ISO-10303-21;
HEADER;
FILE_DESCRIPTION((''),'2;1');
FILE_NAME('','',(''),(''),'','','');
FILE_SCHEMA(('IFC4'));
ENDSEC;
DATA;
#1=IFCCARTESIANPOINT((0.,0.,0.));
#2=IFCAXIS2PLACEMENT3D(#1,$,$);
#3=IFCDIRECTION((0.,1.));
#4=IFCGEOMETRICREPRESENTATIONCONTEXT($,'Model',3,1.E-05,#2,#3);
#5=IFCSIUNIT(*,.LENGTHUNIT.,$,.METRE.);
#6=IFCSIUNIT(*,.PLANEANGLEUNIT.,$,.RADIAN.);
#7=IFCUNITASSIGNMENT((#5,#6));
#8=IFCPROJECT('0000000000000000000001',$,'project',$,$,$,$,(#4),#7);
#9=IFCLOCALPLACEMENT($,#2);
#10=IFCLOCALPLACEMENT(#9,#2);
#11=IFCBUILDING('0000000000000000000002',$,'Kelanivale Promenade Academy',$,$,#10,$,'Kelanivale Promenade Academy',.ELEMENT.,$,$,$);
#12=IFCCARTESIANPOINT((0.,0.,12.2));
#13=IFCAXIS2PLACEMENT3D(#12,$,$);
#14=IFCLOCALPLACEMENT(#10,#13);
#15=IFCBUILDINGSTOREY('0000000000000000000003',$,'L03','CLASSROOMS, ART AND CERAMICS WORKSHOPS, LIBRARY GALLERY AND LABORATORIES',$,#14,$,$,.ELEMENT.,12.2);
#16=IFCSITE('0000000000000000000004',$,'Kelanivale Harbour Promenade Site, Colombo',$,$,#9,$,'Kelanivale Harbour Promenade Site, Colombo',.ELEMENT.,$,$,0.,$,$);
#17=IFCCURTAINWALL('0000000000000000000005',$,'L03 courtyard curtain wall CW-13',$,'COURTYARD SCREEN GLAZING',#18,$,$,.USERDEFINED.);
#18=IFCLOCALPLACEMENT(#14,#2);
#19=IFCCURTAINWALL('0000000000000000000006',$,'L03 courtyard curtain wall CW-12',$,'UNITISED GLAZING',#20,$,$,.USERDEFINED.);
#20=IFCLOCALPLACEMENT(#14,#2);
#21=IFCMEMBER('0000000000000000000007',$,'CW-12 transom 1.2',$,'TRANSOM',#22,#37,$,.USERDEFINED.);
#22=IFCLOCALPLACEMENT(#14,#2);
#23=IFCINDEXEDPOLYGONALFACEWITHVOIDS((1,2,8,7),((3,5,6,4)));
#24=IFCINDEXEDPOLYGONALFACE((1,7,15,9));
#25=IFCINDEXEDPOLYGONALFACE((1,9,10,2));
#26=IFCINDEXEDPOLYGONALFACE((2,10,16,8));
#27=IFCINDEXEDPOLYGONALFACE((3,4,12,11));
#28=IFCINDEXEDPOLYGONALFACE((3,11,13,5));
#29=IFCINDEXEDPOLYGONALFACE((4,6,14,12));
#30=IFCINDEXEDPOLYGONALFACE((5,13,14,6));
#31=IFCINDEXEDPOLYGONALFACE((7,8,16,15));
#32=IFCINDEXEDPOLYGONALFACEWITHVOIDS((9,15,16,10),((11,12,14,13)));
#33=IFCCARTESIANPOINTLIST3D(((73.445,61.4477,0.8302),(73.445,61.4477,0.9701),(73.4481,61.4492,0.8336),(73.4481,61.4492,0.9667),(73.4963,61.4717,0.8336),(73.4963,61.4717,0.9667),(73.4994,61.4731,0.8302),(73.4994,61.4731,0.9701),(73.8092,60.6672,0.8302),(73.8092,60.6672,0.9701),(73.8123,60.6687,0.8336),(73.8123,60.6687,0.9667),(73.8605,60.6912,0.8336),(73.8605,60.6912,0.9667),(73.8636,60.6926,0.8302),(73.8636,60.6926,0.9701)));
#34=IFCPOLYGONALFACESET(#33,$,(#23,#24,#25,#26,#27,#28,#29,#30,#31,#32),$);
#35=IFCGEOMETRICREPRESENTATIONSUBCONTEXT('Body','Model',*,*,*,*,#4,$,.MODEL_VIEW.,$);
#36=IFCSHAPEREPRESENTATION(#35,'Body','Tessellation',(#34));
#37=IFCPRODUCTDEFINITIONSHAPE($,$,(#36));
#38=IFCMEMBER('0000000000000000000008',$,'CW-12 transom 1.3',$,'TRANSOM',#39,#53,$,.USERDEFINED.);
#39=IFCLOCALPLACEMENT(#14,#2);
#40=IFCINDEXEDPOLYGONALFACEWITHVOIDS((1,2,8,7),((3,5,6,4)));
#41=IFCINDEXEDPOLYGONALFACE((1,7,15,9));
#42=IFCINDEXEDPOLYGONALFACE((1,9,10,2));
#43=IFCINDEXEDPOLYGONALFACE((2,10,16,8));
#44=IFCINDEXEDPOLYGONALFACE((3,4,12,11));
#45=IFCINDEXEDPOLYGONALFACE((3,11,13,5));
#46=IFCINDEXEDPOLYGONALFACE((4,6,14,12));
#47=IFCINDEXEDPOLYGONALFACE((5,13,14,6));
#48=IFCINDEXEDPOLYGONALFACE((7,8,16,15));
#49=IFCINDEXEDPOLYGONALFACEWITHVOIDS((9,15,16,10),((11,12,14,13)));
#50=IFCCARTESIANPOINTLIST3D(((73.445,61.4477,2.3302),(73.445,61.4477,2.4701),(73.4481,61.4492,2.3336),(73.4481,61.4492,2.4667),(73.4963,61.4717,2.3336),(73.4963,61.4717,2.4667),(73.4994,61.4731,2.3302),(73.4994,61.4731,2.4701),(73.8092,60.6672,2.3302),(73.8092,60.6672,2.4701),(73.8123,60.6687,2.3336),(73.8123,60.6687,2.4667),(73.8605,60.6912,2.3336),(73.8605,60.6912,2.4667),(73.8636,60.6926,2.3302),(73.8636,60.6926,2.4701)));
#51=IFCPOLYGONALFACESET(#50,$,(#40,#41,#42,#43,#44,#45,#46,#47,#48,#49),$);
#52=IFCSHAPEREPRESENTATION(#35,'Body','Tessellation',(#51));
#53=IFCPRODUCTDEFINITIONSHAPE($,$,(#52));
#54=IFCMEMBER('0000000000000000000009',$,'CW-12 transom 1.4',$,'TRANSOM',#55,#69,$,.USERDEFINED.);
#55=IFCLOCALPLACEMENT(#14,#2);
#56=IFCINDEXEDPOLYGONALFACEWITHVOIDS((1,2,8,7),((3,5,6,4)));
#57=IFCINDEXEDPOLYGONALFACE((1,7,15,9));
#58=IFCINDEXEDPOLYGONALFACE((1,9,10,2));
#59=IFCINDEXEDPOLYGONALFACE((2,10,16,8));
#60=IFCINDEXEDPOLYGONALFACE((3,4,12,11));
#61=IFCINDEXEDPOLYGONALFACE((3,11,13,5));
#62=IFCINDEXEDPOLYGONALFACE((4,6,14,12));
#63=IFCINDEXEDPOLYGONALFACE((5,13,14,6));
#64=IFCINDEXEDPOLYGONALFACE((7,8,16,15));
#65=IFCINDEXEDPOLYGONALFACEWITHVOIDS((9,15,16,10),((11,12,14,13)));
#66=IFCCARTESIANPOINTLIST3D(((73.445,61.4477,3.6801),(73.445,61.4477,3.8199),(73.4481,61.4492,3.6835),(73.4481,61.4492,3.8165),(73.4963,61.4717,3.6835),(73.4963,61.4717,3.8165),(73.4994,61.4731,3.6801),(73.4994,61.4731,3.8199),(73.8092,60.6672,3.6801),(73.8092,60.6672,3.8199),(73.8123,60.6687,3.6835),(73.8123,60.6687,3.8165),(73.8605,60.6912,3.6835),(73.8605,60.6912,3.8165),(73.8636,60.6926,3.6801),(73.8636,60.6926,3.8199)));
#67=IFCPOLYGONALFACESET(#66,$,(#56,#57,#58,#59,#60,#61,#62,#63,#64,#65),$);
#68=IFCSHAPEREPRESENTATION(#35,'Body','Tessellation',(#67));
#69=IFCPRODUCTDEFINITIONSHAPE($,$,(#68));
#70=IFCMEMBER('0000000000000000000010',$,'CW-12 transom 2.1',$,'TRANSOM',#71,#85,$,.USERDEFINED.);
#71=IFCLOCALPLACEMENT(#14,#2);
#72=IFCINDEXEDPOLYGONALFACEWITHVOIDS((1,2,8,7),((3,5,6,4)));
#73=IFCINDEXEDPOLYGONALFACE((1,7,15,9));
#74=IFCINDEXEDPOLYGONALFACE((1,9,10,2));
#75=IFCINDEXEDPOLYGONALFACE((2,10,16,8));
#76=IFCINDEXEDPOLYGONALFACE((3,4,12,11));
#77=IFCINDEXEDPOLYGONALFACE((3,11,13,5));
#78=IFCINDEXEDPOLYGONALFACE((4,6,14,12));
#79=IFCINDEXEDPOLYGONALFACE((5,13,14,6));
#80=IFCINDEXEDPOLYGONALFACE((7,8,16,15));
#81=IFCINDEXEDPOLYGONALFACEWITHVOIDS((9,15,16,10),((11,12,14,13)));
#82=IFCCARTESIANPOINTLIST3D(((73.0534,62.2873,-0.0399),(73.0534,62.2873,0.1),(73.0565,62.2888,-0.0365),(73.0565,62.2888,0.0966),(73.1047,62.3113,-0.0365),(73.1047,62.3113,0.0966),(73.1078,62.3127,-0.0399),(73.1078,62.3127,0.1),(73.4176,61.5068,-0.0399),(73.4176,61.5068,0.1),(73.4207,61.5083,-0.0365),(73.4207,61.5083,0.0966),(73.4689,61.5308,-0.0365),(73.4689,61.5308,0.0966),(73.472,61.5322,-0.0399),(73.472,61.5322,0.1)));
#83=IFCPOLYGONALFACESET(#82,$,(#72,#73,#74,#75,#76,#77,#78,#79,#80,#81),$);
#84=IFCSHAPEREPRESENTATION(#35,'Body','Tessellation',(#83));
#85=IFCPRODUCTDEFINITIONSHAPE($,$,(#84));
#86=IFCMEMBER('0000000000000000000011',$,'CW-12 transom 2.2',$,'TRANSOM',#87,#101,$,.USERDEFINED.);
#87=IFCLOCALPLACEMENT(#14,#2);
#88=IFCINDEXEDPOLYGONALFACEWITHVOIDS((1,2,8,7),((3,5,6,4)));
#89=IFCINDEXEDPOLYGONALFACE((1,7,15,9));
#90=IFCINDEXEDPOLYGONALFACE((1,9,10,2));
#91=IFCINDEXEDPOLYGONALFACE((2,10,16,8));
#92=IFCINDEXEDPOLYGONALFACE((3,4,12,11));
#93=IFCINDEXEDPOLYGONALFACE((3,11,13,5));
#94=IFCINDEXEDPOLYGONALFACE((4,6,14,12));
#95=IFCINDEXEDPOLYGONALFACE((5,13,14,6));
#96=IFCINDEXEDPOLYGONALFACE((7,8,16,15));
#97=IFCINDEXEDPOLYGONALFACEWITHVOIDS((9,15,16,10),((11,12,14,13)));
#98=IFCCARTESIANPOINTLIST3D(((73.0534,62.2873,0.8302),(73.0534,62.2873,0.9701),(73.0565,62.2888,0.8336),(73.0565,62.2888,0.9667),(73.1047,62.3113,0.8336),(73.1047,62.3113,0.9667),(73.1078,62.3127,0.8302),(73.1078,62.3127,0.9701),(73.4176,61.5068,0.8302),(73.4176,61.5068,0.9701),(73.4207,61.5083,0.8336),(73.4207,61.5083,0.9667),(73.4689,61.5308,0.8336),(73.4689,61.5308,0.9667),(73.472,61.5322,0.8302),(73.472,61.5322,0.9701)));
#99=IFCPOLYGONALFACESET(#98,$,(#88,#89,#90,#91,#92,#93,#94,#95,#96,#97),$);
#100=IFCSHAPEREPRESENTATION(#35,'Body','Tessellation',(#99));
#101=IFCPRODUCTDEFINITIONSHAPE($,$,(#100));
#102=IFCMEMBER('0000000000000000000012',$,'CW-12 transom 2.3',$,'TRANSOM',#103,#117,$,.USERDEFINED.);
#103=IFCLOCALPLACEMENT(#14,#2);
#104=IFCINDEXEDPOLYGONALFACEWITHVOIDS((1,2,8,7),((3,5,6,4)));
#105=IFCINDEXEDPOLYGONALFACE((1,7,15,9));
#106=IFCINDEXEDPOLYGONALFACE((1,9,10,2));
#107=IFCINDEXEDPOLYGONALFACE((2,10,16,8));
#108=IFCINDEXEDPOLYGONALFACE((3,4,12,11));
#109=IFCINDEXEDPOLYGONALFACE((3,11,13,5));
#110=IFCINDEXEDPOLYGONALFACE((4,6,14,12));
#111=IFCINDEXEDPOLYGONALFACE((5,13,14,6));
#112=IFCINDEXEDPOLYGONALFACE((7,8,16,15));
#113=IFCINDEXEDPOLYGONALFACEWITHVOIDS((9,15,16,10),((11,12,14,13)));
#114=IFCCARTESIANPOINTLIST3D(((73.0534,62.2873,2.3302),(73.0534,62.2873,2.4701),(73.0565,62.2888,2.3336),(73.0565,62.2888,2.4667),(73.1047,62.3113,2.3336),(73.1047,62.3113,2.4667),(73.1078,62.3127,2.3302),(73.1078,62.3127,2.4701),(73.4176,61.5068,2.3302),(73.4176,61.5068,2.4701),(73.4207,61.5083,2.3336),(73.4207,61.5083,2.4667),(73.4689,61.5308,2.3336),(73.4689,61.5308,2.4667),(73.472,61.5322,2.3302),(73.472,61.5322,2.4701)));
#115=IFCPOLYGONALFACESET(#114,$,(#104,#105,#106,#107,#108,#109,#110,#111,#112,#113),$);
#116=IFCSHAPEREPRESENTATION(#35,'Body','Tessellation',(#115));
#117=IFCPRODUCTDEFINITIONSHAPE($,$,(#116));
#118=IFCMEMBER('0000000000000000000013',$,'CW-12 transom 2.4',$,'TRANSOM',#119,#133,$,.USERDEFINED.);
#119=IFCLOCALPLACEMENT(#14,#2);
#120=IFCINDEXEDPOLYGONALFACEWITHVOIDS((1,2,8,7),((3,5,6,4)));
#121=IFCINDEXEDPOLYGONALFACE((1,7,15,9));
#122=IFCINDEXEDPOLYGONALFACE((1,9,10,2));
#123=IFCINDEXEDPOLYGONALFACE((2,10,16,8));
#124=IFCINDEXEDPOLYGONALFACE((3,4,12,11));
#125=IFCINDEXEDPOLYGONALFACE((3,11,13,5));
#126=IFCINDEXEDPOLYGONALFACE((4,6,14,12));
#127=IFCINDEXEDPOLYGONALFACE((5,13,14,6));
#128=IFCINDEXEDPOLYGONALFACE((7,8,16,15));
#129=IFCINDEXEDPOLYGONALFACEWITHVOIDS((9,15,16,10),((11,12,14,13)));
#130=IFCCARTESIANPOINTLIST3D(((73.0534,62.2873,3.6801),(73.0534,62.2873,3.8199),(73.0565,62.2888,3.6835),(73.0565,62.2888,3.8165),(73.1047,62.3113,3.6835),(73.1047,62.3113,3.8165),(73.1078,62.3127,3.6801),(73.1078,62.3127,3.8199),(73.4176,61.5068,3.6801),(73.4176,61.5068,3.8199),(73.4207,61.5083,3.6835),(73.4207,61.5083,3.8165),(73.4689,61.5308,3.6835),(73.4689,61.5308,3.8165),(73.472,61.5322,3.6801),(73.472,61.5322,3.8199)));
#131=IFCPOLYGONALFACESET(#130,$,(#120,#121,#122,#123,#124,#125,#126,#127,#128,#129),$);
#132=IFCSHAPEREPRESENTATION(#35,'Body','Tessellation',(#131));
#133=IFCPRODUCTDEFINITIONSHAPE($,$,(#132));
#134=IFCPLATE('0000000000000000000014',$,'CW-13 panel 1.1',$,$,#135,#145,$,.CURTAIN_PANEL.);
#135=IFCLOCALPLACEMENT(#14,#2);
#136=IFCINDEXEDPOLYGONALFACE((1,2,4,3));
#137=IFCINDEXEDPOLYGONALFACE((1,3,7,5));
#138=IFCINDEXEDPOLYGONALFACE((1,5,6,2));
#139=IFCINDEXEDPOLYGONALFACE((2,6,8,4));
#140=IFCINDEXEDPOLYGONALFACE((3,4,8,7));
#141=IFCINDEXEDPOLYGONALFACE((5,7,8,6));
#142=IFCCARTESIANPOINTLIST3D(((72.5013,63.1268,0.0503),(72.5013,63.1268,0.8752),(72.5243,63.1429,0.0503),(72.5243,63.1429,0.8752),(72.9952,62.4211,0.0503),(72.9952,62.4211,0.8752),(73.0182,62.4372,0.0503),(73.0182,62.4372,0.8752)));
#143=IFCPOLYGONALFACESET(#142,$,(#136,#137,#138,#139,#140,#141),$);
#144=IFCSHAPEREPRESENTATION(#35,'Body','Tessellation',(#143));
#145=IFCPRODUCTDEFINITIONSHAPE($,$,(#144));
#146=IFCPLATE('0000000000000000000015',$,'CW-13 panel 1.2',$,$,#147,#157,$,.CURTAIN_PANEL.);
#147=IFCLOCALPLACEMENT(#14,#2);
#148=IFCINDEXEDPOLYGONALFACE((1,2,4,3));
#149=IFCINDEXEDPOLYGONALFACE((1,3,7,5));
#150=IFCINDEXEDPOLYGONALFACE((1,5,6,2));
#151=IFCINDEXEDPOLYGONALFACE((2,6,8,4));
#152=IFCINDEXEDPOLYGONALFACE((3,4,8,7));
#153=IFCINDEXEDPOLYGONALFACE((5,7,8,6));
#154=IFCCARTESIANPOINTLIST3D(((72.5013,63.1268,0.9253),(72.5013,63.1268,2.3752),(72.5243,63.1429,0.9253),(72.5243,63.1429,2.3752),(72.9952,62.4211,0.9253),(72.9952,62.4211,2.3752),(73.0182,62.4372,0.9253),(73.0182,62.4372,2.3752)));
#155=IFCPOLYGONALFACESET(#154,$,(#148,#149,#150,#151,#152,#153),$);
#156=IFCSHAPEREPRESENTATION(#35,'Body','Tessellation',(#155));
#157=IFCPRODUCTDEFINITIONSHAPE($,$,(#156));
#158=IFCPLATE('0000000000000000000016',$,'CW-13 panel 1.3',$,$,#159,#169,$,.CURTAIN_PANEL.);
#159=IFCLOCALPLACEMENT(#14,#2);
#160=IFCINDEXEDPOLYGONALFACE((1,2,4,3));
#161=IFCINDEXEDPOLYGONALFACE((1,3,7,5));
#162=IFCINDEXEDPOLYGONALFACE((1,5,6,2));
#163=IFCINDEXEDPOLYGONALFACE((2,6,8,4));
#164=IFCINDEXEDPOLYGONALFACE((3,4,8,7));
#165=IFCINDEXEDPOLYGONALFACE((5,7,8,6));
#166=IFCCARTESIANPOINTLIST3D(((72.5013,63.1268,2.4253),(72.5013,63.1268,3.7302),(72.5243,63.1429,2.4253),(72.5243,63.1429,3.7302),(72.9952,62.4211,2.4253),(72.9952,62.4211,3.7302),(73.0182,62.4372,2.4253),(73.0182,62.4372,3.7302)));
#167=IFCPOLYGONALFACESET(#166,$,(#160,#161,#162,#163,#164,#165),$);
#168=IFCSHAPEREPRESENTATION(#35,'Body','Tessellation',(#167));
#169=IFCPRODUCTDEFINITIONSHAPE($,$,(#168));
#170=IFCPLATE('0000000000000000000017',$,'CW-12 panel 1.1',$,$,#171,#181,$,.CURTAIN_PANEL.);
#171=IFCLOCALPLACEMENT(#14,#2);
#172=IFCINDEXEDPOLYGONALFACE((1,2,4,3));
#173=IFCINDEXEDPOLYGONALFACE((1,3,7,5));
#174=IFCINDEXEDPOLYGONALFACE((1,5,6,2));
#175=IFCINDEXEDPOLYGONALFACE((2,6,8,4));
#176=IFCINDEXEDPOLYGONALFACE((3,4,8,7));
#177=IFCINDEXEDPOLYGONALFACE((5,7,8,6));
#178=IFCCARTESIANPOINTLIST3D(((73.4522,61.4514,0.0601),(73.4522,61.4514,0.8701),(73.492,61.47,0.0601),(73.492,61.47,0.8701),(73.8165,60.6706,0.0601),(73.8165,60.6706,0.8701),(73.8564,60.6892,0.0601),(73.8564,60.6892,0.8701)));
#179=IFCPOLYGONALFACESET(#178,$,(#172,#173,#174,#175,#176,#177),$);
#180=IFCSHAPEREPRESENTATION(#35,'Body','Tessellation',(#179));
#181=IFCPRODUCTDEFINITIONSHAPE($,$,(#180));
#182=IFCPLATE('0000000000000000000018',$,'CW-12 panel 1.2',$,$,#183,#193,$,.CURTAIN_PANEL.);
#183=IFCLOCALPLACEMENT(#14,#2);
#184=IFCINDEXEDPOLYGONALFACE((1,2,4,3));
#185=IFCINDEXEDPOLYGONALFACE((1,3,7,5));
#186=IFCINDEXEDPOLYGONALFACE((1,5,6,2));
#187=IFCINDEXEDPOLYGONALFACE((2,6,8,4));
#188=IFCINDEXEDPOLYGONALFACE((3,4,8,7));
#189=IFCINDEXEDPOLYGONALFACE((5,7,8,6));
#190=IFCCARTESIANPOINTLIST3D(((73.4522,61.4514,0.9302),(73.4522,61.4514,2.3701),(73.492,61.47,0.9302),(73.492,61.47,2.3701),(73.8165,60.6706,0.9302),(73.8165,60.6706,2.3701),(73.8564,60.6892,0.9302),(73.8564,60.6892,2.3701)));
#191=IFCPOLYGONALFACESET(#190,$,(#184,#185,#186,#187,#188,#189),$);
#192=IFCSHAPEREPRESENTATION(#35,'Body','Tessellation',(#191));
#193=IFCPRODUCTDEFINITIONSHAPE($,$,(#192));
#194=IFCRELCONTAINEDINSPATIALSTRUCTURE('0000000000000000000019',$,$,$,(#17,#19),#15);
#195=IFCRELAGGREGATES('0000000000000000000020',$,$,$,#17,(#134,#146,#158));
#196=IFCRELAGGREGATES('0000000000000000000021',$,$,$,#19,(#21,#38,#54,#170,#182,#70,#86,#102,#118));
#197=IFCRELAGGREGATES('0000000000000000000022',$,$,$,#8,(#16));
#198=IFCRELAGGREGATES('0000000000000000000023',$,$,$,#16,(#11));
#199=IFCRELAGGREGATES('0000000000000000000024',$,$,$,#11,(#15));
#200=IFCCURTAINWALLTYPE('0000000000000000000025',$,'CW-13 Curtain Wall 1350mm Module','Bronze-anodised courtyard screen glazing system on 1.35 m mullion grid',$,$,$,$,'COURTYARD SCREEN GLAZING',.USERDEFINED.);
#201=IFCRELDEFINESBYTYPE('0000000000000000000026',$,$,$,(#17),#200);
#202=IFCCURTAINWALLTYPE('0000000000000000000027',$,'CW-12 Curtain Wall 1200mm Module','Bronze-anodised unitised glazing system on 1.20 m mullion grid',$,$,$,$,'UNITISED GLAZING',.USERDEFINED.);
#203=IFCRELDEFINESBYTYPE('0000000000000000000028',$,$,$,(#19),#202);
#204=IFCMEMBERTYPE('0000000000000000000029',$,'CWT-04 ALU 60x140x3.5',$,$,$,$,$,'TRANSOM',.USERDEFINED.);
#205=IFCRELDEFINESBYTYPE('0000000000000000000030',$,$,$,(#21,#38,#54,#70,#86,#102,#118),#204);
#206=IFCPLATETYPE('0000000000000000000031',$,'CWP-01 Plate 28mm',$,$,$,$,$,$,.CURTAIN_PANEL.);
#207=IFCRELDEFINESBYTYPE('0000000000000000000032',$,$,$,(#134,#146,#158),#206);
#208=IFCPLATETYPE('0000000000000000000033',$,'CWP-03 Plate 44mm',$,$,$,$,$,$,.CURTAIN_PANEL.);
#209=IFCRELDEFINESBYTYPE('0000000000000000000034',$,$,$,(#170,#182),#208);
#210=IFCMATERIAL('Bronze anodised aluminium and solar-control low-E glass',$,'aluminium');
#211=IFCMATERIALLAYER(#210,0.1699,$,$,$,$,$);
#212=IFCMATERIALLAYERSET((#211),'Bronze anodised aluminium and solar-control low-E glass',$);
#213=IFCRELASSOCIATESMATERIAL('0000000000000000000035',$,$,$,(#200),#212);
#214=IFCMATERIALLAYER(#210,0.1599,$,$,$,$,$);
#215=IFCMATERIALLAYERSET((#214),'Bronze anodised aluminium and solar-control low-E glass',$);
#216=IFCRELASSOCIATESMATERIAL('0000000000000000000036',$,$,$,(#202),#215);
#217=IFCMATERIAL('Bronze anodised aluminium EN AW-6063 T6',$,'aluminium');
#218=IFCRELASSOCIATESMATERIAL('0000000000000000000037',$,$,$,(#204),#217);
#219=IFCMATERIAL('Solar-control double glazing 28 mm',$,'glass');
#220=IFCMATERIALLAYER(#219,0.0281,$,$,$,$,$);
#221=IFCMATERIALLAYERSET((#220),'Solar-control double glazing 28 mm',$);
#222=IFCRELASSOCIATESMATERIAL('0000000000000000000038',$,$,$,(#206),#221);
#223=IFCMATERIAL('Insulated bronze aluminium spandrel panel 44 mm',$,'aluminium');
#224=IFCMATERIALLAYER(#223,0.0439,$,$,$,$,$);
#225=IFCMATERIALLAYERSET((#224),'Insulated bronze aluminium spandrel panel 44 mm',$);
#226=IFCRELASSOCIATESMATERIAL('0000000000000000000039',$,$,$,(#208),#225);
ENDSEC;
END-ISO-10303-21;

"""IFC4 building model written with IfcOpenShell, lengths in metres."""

from ifc_helpers import new_model, si_unit, direction, frame, origin, origin_2d, place, context, subcontext, project, spatial, rectangle, hollow_rectangle, extrude, material, layer, layer_set, material_profile, profile_set, type_object, element, aggregate, save


model = new_model("IFC4")

# Units and contexts
model_context = context("Model", 3, precision=1e-05, world=origin(), true_north=direction((0.0, 1.0)))
body_context = subcontext(model_context, "Body", "Model", "MODEL_VIEW")
ifc_project = project(units=[si_unit("LENGTHUNIT", "METRE"), si_unit("PLANEANGLEUNIT", "RADIAN")], contexts=[model_context])

# Site, building, storey
site_placement = place(None, origin())
site = spatial("IfcSite", under=ifc_project, at=site_placement, Name="Kelanivale Harbour Promenade Site, Colombo", LongName="Kelanivale Harbour Promenade Site, Colombo", CompositionType="ELEMENT", RefElevation=0.0)
building_placement = place(site_placement, origin())
building = spatial("IfcBuilding", under=site, at=building_placement, Name="Kelanivale Promenade Academy", LongName="Kelanivale Promenade Academy", CompositionType="ELEMENT")
storey_placement = place(building_placement, frame((0.0, 0.0, 12.2)))
storey = spatial("IfcBuildingStorey", under=building, at=storey_placement, Name="L03", Description="CLASSROOMS, ART AND CERAMICS WORKSHOPS, LIBRARY GALLERY AND LABORATORIES", CompositionType="ELEMENT", Elevation=12.2)

# Curtain walls
ifc_material_1 = material(Name="Bronze anodised aluminium and solar-control low-E glass", Category="aluminium")
ifc_layer_1 = layer(ifc_material_1, 0.1699)
ifc_layer_set_1 = layer_set([ifc_layer_1], Name="Bronze anodised aluminium and solar-control low-E glass")
curtain_wall_type_1 = type_object("IfcCurtainWallType", Name="CW-13 Curtain Wall 1350mm Module", Description="Bronze-anodised courtyard screen glazing system on 1.35 m mullion grid", ElementType="COURTYARD SCREEN GLAZING", PredefinedType="USERDEFINED", material=ifc_layer_set_1)
curtain_wall_1_placement = place(storey_placement, origin())
curtain_wall_1 = element("IfcCurtainWall", 1, at=curtain_wall_1_placement, inside=storey, type_object=curtain_wall_type_1, Name="L03 courtyard curtain wall CW-13", ObjectType="COURTYARD SCREEN GLAZING", PredefinedType="USERDEFINED")
ifc_material_2 = material(Name="Bronze anodised aluminium EN AW-6063 T6", Category="aluminium")
ifc_layer_2 = layer(ifc_material_1, 0.1599)
ifc_layer_set_2 = layer_set([ifc_layer_2], Name="Bronze anodised aluminium and solar-control low-E glass")
curtain_wall_type_2 = type_object("IfcCurtainWallType", Name="CW-12 Curtain Wall 1200mm Module", Description="Bronze-anodised unitised glazing system on 1.20 m mullion grid", ElementType="UNITISED GLAZING", PredefinedType="USERDEFINED", material=ifc_layer_set_2)
curtain_wall_2_placement = place(storey_placement, origin())
curtain_wall_2 = element("IfcCurtainWall", 2, at=curtain_wall_2_placement, inside=storey, type_object=curtain_wall_type_2, Name="L03 courtyard curtain wall CW-12", ObjectType="UNITISED GLAZING", PredefinedType="USERDEFINED")

# Members
ifc_material_profile_1 = material_profile(ifc_material_2, hollow_rectangle(XDim=0.0601, YDim=0.1399, WallThickness=0.0034, at=origin_2d()), Name="ALU 60x140x3.5")
ifc_profile_set_1 = profile_set([ifc_material_profile_1], Name="Bronze anodised aluminium EN AW-6063 T6")
member_type_1 = type_object("IfcMemberType", Name="CWT-04 ALU 60x140x3.5", ElementType="TRANSOM", PredefinedType="USERDEFINED", material=ifc_profile_set_1)
member_1_placement = place(storey_placement, frame((73.8364, 60.6799, 0.9001), z_axis=(-0.422901, 0.906176, 0.0), x_axis=(-0.906176, -0.422901, 0.0)))
member_1 = element("IfcMember", 3, at=member_1_placement, type_object=member_type_1, Name="CW-12 transom 1.2", ObjectType="TRANSOM", PredefinedType="USERDEFINED", context=body_context, shape_type="SweptSolid", body=[
    extrude(hollow_rectangle(XDim=0.0601, YDim=0.1399, WallThickness=0.0034, at=origin_2d()), origin(), (0.0, 0.0, 1.0), 0.8613),
])
member_2_placement = place(storey_placement, frame((73.8364, 60.6799, 2.4001), z_axis=(-0.422901, 0.906176, 0.0), x_axis=(-0.906176, -0.422901, 0.0)))
member_2 = element("IfcMember", 4, at=member_2_placement, type_object=member_type_1, Name="CW-12 transom 1.3", ObjectType="TRANSOM", PredefinedType="USERDEFINED", context=body_context, shape_type="SweptSolid", body=[
    extrude(hollow_rectangle(XDim=0.0601, YDim=0.1399, WallThickness=0.0034, at=origin_2d()), origin(), (0.0, 0.0, 1.0), 0.8613),
])
member_3_placement = place(storey_placement, frame((73.8364, 60.6799, 3.75), z_axis=(-0.422901, 0.906176, 0.0), x_axis=(-0.906176, -0.422901, 0.0)))
member_3 = element("IfcMember", 5, at=member_3_placement, type_object=member_type_1, Name="CW-12 transom 1.4", ObjectType="TRANSOM", PredefinedType="USERDEFINED", context=body_context, shape_type="SweptSolid", body=[
    extrude(hollow_rectangle(XDim=0.0601, YDim=0.1399, WallThickness=0.0034, at=origin_2d()), origin(), (0.0, 0.0, 1.0), 0.8613),
])
member_4_placement = place(storey_placement, frame((73.4448, 61.5195, 0.03), z_axis=(-0.422901, 0.906176, 0.0), x_axis=(-0.906176, -0.422901, 0.0)))
member_4 = element("IfcMember", 6, at=member_4_placement, type_object=member_type_1, Name="CW-12 transom 2.1", ObjectType="TRANSOM", PredefinedType="USERDEFINED", context=body_context, shape_type="SweptSolid", body=[
    extrude(hollow_rectangle(XDim=0.0601, YDim=0.1399, WallThickness=0.0034, at=origin_2d()), origin(), (0.0, 0.0, 1.0), 0.8613),
])
member_5_placement = place(storey_placement, frame((73.4448, 61.5195, 0.9001), z_axis=(-0.422901, 0.906176, 0.0), x_axis=(-0.906176, -0.422901, 0.0)))
member_5 = element("IfcMember", 7, at=member_5_placement, type_object=member_type_1, Name="CW-12 transom 2.2", ObjectType="TRANSOM", PredefinedType="USERDEFINED", context=body_context, shape_type="SweptSolid", body=[
    extrude(hollow_rectangle(XDim=0.0601, YDim=0.1399, WallThickness=0.0034, at=origin_2d()), origin(), (0.0, 0.0, 1.0), 0.8613),
])
member_6_placement = place(storey_placement, frame((73.4448, 61.5195, 2.4001), z_axis=(-0.422901, 0.906176, 0.0), x_axis=(-0.906176, -0.422901, 0.0)))
member_6 = element("IfcMember", 8, at=member_6_placement, type_object=member_type_1, Name="CW-12 transom 2.3", ObjectType="TRANSOM", PredefinedType="USERDEFINED", context=body_context, shape_type="SweptSolid", body=[
    extrude(hollow_rectangle(XDim=0.0601, YDim=0.1399, WallThickness=0.0034, at=origin_2d()), origin(), (0.0, 0.0, 1.0), 0.8613),
])
member_7_placement = place(storey_placement, frame((73.4448, 61.5195, 3.75), z_axis=(-0.422901, 0.906176, 0.0), x_axis=(-0.906176, -0.422901, 0.0)))
member_7 = element("IfcMember", 9, at=member_7_placement, type_object=member_type_1, Name="CW-12 transom 2.4", ObjectType="TRANSOM", PredefinedType="USERDEFINED", context=body_context, shape_type="SweptSolid", body=[
    extrude(hollow_rectangle(XDim=0.0601, YDim=0.1399, WallThickness=0.0034, at=origin_2d()), origin(), (0.0, 0.0, 1.0), 0.8613),
])

# Plates
ifc_material_3 = material(Name="Solar-control double glazing 28 mm", Category="glass")
ifc_layer_3 = layer(ifc_material_3, 0.0281)
ifc_layer_set_3 = layer_set([ifc_layer_3], Name="Solar-control double glazing 28 mm")
plate_type_1 = type_object("IfcPlateType", Name="CWP-01 Plate 28mm", PredefinedType="CURTAIN_PANEL", material=ifc_layer_set_3)
plate_1_placement = place(storey_placement, frame((72.7598, 62.782, 0.0503), z_axis=(0.0, 0.0, 1.0), x_axis=(-0.573357, 0.819306, 0.0)))
plate_1 = element("IfcPlate", 10, at=plate_1_placement, type_object=plate_type_1, Name="CW-13 panel 1.1", PredefinedType="CURTAIN_PANEL", context=body_context, shape_type="SweptSolid", body=[
    extrude(rectangle(XDim=0.8613, YDim=0.0281, at=origin_2d()), origin(), (0.0, 0.0, 1.0), 0.825),
])
plate_2_placement = place(storey_placement, frame((72.7598, 62.782, 0.9253), z_axis=(0.0, 0.0, 1.0), x_axis=(-0.573357, 0.819306, 0.0)))
plate_2 = element("IfcPlate", 11, at=plate_2_placement, type_object=plate_type_1, Name="CW-13 panel 1.2", PredefinedType="CURTAIN_PANEL", context=body_context, shape_type="SweptSolid", body=[
    extrude(rectangle(XDim=0.8613, YDim=0.0281, at=origin_2d()), origin(), (0.0, 0.0, 1.0), 1.45),
])
plate_3_placement = place(storey_placement, frame((72.7598, 62.782, 2.4253), z_axis=(0.0, 0.0, 1.0), x_axis=(-0.573357, 0.819306, 0.0)))
plate_3 = element("IfcPlate", 12, at=plate_3_placement, type_object=plate_type_1, Name="CW-13 panel 1.3", PredefinedType="CURTAIN_PANEL", context=body_context, shape_type="SweptSolid", body=[
    extrude(rectangle(XDim=0.8613, YDim=0.0281, at=origin_2d()), origin(), (0.0, 0.0, 1.0), 1.3049),
])
aggregate(curtain_wall_1, [plate_1, plate_2, plate_3])
ifc_material_4 = material(Name="Insulated bronze aluminium spandrel panel 44 mm", Category="aluminium")
ifc_layer_4 = layer(ifc_material_4, 0.0439)
ifc_layer_set_4 = layer_set([ifc_layer_4], Name="Insulated bronze aluminium spandrel panel 44 mm")
plate_type_2 = type_object("IfcPlateType", Name="CWP-03 Plate 44mm", PredefinedType="CURTAIN_PANEL", material=ifc_layer_set_4)
plate_4_placement = place(storey_placement, frame((73.6543, 61.0703, 0.0601), z_axis=(0.0, 0.0, 1.0), x_axis=(-0.422857, 0.906196, 0.0)))
plate_4 = element("IfcPlate", 13, at=plate_4_placement, type_object=plate_type_2, Name="CW-12 panel 1.1", PredefinedType="CURTAIN_PANEL", context=body_context, shape_type="SweptSolid", body=[
    extrude(rectangle(XDim=0.8616, YDim=0.0439, at=origin_2d()), origin(), (0.0, 0.0, 1.0), 0.8101),
])
plate_5_placement = place(storey_placement, frame((73.6543, 61.0703, 0.9302), z_axis=(0.0, 0.0, 1.0), x_axis=(-0.422857, 0.906196, 0.0)))
plate_5 = element("IfcPlate", 14, at=plate_5_placement, type_object=plate_type_2, Name="CW-12 panel 1.2", PredefinedType="CURTAIN_PANEL", context=body_context, shape_type="SweptSolid", body=[
    extrude(rectangle(XDim=0.8616, YDim=0.0439, at=origin_2d()), origin(), (0.0, 0.0, 1.0), 1.4399),
])
aggregate(curtain_wall_2, [member_1, member_2, member_3, plate_4, plate_5, member_4, member_5, member_6, member_7])

save(model, "model.ifc")
